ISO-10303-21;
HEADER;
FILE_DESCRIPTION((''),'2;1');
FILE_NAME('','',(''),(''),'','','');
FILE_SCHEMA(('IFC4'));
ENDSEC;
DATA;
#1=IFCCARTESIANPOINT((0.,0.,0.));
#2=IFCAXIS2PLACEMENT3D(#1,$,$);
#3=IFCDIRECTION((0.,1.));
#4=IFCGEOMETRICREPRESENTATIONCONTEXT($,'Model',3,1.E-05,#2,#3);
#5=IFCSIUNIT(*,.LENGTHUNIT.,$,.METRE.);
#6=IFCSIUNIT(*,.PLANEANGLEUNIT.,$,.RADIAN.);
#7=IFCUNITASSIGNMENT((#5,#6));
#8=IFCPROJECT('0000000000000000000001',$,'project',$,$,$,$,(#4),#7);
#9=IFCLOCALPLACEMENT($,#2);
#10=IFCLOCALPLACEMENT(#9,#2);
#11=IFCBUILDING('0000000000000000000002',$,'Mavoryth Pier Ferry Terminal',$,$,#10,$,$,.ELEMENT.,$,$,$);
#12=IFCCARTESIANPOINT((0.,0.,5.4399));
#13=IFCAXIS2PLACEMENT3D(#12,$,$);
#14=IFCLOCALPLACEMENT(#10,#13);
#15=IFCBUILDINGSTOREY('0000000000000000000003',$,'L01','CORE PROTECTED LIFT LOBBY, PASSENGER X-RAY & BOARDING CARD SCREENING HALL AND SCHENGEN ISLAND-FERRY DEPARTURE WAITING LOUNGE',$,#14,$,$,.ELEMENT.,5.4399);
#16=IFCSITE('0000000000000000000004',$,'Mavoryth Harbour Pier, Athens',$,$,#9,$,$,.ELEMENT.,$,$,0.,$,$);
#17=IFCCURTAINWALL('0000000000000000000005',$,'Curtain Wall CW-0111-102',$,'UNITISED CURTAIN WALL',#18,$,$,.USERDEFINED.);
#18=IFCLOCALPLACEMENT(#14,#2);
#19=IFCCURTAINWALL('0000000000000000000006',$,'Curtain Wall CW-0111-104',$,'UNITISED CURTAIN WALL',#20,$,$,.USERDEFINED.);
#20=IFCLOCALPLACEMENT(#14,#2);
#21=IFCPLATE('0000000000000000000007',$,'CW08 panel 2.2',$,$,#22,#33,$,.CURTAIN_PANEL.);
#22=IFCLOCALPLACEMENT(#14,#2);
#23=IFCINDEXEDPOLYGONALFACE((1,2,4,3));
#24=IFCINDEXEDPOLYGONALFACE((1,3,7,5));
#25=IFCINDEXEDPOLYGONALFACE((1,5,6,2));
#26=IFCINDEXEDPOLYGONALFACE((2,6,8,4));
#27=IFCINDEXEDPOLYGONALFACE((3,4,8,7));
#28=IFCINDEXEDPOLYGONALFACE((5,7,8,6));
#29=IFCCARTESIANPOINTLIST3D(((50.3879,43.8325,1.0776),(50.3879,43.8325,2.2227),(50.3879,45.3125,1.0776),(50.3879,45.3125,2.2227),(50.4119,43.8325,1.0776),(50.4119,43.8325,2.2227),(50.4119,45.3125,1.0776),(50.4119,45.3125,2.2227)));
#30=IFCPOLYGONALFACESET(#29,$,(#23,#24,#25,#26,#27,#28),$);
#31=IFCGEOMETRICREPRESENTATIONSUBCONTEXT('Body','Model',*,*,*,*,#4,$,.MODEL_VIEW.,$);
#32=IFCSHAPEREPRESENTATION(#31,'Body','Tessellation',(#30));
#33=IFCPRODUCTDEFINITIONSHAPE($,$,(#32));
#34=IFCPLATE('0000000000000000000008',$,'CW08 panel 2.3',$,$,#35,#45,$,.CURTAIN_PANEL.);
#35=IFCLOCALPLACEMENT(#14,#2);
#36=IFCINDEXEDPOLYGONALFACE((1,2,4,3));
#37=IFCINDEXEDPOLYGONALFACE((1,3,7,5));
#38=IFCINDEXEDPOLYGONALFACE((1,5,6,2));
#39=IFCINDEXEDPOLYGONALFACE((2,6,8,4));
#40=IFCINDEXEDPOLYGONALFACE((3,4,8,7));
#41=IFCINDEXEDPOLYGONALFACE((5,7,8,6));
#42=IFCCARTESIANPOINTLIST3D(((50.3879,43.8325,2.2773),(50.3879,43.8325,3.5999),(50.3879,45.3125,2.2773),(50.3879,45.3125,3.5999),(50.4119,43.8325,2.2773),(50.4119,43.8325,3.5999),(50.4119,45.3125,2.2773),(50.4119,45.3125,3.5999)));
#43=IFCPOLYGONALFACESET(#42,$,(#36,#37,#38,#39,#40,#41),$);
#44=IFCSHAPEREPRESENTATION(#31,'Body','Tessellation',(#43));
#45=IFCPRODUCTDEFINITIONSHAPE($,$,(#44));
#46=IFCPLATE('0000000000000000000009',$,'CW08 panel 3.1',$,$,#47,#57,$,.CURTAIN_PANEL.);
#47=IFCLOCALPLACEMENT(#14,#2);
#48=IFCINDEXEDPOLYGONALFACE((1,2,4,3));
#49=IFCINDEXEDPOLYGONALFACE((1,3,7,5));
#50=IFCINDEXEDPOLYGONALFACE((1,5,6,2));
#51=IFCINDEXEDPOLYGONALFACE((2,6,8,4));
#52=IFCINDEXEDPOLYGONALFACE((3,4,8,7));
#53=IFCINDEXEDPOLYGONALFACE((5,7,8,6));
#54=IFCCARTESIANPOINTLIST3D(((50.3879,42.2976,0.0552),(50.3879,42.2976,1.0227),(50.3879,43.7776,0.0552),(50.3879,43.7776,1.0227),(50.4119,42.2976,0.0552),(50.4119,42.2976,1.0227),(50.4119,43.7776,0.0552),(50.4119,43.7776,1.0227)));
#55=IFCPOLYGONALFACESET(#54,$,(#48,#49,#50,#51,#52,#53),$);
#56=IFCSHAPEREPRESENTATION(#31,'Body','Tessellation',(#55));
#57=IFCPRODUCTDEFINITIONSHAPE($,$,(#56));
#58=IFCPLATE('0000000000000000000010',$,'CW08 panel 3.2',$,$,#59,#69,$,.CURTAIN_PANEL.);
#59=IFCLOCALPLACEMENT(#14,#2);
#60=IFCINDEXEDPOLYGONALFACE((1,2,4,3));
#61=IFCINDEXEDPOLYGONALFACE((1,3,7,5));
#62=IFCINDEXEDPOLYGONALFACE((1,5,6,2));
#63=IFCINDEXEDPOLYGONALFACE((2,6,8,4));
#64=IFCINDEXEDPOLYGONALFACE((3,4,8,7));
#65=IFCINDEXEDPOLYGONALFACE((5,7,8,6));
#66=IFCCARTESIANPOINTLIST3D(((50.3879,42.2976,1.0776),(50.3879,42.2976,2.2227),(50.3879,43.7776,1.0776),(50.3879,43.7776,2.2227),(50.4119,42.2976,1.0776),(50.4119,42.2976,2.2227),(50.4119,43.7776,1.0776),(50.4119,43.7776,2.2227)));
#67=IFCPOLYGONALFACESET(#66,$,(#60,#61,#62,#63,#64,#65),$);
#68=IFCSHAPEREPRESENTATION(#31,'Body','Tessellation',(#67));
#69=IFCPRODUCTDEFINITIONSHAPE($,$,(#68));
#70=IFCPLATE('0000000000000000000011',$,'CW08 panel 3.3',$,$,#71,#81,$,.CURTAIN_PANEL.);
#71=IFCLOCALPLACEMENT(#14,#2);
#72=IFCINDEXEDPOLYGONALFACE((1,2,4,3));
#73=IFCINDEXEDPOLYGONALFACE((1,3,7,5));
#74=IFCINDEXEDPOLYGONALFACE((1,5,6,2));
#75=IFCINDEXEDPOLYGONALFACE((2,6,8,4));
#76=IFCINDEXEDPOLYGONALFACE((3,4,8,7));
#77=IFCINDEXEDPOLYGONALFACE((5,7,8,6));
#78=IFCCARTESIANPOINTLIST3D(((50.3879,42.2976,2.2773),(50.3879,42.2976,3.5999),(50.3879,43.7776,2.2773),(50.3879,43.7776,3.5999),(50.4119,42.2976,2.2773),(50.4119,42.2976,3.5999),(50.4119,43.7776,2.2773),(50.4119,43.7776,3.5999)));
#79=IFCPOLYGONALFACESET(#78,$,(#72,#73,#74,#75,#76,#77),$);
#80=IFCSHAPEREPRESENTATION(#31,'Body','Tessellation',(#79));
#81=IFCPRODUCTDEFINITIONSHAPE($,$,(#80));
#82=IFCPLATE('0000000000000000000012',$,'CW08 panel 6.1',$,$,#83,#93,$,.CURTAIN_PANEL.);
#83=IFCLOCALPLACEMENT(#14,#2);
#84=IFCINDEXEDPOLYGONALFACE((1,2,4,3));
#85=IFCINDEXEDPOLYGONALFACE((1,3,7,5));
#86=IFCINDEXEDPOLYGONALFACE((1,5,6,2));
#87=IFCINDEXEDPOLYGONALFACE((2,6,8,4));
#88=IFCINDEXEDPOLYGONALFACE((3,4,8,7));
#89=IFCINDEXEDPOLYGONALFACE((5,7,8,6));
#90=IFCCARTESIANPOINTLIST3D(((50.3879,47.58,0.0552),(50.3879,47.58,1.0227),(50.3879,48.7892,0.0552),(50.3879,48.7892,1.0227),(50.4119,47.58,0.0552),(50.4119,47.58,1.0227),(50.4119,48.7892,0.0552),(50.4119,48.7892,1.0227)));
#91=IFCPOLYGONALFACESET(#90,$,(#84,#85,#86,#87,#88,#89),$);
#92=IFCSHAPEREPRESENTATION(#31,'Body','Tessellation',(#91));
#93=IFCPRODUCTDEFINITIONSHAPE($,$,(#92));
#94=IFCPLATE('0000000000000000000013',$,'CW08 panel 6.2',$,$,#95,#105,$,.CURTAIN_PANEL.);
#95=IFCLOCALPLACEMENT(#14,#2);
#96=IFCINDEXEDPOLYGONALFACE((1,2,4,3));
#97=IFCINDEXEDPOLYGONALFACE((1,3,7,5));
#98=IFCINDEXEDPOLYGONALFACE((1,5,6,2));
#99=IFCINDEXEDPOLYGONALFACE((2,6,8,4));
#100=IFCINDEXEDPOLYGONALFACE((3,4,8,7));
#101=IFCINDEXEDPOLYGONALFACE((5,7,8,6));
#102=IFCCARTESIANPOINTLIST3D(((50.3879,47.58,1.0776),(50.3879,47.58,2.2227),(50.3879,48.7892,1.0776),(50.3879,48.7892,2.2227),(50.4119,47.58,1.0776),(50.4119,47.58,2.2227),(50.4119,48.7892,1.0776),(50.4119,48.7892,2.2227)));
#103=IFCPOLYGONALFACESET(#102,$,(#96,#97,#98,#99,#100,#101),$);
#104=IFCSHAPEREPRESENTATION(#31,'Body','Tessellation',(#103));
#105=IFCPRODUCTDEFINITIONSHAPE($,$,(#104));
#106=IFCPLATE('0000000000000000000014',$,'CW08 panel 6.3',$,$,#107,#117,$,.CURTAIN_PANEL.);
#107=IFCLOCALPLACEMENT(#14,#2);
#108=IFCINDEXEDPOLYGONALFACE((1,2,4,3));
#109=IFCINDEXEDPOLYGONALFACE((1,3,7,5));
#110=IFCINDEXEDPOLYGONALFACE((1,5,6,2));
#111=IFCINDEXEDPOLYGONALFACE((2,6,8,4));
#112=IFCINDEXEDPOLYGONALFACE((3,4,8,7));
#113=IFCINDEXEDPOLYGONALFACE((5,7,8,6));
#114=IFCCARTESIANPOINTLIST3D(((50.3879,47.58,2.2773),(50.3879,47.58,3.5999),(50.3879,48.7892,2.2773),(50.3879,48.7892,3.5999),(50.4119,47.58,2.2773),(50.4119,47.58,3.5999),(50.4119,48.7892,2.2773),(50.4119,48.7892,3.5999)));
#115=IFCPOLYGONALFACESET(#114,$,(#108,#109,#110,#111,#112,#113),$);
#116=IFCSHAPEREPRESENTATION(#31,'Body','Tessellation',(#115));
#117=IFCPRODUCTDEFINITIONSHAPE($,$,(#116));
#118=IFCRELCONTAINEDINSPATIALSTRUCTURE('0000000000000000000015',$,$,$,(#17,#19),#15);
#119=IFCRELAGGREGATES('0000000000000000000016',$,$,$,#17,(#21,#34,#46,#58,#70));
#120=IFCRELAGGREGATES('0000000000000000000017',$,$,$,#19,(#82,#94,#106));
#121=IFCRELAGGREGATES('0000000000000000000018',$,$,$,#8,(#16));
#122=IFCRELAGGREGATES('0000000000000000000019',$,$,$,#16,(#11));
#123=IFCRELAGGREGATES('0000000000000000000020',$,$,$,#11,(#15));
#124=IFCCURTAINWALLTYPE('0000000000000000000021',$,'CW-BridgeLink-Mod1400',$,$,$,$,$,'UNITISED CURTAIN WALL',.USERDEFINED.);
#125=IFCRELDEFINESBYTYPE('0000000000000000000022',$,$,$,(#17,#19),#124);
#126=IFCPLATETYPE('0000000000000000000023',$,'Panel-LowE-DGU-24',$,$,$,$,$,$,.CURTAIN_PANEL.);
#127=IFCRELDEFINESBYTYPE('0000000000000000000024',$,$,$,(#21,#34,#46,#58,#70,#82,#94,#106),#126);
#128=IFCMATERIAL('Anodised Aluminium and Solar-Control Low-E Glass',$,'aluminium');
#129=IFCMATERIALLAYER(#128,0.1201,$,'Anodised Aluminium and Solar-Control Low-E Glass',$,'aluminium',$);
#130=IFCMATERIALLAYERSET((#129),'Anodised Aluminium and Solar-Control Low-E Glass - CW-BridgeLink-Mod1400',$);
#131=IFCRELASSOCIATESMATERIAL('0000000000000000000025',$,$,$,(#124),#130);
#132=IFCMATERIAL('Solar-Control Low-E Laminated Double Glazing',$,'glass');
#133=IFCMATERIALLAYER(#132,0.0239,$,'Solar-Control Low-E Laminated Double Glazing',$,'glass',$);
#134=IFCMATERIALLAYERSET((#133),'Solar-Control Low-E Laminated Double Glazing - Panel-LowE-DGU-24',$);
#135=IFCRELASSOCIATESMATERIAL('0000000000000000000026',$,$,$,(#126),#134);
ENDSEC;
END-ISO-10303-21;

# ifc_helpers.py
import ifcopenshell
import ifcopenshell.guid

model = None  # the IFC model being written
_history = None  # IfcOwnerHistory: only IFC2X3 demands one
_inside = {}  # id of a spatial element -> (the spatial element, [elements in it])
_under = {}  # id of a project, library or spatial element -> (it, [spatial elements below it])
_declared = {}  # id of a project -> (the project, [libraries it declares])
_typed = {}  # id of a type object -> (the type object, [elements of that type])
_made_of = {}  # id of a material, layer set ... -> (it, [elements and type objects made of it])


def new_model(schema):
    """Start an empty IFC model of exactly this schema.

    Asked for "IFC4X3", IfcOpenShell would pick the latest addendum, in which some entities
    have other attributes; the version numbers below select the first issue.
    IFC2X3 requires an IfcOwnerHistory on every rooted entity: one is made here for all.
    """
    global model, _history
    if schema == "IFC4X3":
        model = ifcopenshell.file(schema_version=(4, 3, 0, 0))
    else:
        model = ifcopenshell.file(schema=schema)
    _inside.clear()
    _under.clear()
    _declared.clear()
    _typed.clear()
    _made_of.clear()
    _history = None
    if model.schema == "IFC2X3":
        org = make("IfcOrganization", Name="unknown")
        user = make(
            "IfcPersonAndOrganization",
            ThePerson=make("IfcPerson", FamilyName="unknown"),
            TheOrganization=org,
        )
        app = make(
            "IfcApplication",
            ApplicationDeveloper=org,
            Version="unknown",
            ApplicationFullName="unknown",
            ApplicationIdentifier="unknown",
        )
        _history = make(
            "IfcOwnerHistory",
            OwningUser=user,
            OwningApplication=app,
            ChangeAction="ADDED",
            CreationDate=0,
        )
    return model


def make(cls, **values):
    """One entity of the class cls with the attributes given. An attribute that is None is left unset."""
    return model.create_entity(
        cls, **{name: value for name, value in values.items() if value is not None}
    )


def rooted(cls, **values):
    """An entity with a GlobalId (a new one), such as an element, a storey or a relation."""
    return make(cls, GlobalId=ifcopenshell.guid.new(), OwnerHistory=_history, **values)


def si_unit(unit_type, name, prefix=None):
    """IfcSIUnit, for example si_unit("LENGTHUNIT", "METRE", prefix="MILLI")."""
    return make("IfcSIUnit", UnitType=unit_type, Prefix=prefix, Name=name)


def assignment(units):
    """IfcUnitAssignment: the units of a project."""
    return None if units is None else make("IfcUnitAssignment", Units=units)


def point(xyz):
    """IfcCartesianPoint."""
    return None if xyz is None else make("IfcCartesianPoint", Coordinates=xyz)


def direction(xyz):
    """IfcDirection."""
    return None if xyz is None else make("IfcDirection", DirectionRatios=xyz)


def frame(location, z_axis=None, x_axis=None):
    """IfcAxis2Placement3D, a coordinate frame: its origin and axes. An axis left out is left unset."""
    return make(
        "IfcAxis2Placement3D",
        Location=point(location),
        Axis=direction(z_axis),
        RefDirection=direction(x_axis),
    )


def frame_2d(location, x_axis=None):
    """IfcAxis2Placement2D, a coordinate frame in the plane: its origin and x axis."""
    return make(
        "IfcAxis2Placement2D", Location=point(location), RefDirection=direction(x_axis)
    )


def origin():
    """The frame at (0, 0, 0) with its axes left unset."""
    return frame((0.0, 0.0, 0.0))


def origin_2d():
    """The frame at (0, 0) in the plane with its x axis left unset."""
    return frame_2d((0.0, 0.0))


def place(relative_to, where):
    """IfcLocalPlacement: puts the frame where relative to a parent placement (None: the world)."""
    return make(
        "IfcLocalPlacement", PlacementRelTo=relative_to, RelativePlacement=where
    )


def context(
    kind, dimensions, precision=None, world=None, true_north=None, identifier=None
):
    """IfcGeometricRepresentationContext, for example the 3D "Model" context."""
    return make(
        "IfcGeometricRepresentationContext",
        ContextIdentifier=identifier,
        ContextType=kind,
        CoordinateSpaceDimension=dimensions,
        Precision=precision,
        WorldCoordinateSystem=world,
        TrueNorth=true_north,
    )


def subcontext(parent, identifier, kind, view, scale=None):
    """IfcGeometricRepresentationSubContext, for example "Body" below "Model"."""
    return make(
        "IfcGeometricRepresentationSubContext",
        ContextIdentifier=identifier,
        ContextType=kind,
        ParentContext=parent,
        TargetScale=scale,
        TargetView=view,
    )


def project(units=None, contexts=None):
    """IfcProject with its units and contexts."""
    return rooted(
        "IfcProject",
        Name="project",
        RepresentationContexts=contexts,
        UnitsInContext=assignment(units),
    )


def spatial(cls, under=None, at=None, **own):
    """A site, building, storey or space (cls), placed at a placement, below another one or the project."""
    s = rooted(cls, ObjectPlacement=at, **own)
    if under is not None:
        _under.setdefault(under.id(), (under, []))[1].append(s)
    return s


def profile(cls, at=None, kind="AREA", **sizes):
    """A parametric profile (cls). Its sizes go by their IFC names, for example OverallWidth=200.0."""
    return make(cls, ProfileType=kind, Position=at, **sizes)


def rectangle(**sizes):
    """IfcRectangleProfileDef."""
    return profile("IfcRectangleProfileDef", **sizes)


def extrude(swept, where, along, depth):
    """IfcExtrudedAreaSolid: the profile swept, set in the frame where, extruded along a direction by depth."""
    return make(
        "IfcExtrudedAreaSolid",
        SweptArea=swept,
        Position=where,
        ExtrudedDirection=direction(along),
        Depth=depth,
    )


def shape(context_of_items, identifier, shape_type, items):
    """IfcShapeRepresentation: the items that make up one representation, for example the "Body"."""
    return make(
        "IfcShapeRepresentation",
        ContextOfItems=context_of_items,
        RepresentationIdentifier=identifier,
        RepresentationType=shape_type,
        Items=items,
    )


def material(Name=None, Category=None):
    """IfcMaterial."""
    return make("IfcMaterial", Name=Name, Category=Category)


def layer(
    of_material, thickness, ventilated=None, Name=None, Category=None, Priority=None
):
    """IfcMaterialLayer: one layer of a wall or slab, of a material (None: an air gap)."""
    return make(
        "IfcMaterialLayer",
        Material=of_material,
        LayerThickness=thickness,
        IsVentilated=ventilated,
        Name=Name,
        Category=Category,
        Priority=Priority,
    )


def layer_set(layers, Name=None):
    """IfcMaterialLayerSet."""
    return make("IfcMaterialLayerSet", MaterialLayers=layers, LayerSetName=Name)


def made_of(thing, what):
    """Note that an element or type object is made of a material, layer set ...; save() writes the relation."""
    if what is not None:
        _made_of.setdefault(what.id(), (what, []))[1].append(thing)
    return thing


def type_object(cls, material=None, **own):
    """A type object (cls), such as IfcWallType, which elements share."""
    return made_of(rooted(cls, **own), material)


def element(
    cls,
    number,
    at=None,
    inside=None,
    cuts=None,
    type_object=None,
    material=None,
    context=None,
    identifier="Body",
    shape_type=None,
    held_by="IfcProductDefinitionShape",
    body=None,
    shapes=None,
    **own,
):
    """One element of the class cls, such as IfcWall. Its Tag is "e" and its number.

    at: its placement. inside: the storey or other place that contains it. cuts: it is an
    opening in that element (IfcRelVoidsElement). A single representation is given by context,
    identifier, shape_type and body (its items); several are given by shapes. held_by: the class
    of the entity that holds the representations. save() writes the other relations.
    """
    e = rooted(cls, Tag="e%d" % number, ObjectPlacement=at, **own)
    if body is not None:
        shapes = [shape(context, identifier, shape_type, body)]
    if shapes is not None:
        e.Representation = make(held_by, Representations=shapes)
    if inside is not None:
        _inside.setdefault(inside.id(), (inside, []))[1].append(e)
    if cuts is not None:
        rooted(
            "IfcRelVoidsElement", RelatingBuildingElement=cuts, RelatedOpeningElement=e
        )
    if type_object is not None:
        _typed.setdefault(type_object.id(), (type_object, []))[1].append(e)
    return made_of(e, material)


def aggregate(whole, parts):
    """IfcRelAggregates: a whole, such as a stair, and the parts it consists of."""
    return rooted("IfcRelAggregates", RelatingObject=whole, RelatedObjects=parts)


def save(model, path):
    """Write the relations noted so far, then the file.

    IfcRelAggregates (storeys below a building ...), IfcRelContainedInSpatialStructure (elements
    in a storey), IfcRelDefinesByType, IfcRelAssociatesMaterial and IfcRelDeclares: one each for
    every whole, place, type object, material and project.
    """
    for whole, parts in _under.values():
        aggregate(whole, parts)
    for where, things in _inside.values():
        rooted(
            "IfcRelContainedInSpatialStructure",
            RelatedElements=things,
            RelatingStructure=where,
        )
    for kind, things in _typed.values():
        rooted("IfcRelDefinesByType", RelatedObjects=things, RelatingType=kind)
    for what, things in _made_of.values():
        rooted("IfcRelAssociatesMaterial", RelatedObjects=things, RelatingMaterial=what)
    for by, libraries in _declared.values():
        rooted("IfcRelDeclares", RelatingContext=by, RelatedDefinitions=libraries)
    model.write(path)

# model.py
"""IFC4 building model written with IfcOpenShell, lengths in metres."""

from ifc_helpers import new_model, si_unit, direction, frame, origin, origin_2d, place, context, subcontext, project, spatial, rectangle, extrude, material, layer, layer_set, type_object, element, aggregate, save


model = new_model("IFC4")

# Units and contexts
model_context = context("Model", 3, precision=1e-05, world=origin(), true_north=direction((0.0, 1.0)))
body_context = subcontext(model_context, "Body", "Model", "MODEL_VIEW")
ifc_project = project(units=[si_unit("LENGTHUNIT", "METRE"), si_unit("PLANEANGLEUNIT", "RADIAN")], contexts=[model_context])

# Site, building, storey
site_placement = place(None, origin())
site = spatial("IfcSite", under=ifc_project, at=site_placement, Name="Mavoryth Harbour Pier, Athens", CompositionType="ELEMENT", RefElevation=0.0)
building_placement = place(site_placement, origin())
building = spatial("IfcBuilding", under=site, at=building_placement, Name="Mavoryth Pier Ferry Terminal", CompositionType="ELEMENT")
storey_placement = place(building_placement, frame((0.0, 0.0, 5.4399)))
storey = spatial("IfcBuildingStorey", under=building, at=storey_placement, Name="L01", Description="CORE PROTECTED LIFT LOBBY, PASSENGER X-RAY & BOARDING CARD SCREENING HALL AND SCHENGEN ISLAND-FERRY DEPARTURE WAITING LOUNGE", CompositionType="ELEMENT", Elevation=5.4399)

# Curtain wall
ifc_material_1 = material(Name="Anodised Aluminium and Solar-Control Low-E Glass", Category="aluminium")
ifc_layer_1 = layer(ifc_material_1, 0.1201, Name="Anodised Aluminium and Solar-Control Low-E Glass", Category="aluminium")
ifc_layer_set_1 = layer_set([ifc_layer_1], Name="Anodised Aluminium and Solar-Control Low-E Glass - CW-BridgeLink-Mod1400")
curtain_wall_type = type_object("IfcCurtainWallType", Name="CW-BridgeLink-Mod1400", ElementType="UNITISED CURTAIN WALL", PredefinedType="USERDEFINED", material=ifc_layer_set_1)
curtain_wall_1_placement = place(storey_placement, origin())
curtain_wall_1 = element("IfcCurtainWall", 1, at=curtain_wall_1_placement, inside=storey, type_object=curtain_wall_type, Name="Curtain Wall CW-0111-102", ObjectType="UNITISED CURTAIN WALL", PredefinedType="USERDEFINED")

# Curtain wall
curtain_wall_2_placement = place(storey_placement, origin())
curtain_wall_2 = element("IfcCurtainWall", 2, at=curtain_wall_2_placement, inside=storey, type_object=curtain_wall_type, Name="Curtain Wall CW-0111-104", ObjectType="UNITISED CURTAIN WALL", PredefinedType="USERDEFINED")

# Plates
ifc_material_2 = material(Name="Solar-Control Low-E Laminated Double Glazing", Category="glass")
ifc_layer_2 = layer(ifc_material_2, 0.0239, Name="Solar-Control Low-E Laminated Double Glazing", Category="glass")
ifc_layer_set_2 = layer_set([ifc_layer_2], Name="Solar-Control Low-E Laminated Double Glazing - Panel-LowE-DGU-24")
plate_type = type_object("IfcPlateType", Name="Panel-LowE-DGU-24", PredefinedType="CURTAIN_PANEL", material=ifc_layer_set_2)
plate_1_placement = place(storey_placement, frame((50.3999, 44.5725, 1.0776), z_axis=(0.0, 0.0, 1.0), x_axis=(0.0, -1.0, 0.0)))
plate_1 = element("IfcPlate", 3, at=plate_1_placement, type_object=plate_type, Name="CW08 panel 2.2", PredefinedType="CURTAIN_PANEL", context=body_context, shape_type="SweptSolid", body=[
    extrude(rectangle(XDim=1.48, YDim=0.0239, at=origin_2d()), origin(), (0.0, 0.0, 1.0), 1.145),
])
plate_2_placement = place(storey_placement, frame((50.3999, 44.5725, 2.2773), z_axis=(0.0, 0.0, 1.0), x_axis=(0.0, -1.0, 0.0)))
plate_2 = element("IfcPlate", 4, at=plate_2_placement, type_object=plate_type, Name="CW08 panel 2.3", PredefinedType="CURTAIN_PANEL", context=body_context, shape_type="SweptSolid", body=[
    extrude(rectangle(XDim=1.48, YDim=0.0239, at=origin_2d()), origin(), (0.0, 0.0, 1.0), 1.3225),
])
plate_3_placement = place(storey_placement, frame((50.3999, 43.0376, 0.0552), z_axis=(0.0, 0.0, 1.0), x_axis=(0.0, -1.0, 0.0)))
plate_3 = element("IfcPlate", 5, at=plate_3_placement, type_object=plate_type, Name="CW08 panel 3.1", PredefinedType="CURTAIN_PANEL", context=body_context, shape_type="SweptSolid", body=[
    extrude(rectangle(XDim=1.48, YDim=0.0239, at=origin_2d()), origin(), (0.0, 0.0, 1.0), 0.9675),
])
plate_4_placement = place(storey_placement, frame((50.3999, 43.0376, 1.0776), z_axis=(0.0, 0.0, 1.0), x_axis=(0.0, -1.0, 0.0)))
plate_4 = element("IfcPlate", 6, at=plate_4_placement, type_object=plate_type, Name="CW08 panel 3.2", PredefinedType="CURTAIN_PANEL", context=body_context, shape_type="SweptSolid", body=[
    extrude(rectangle(XDim=1.48, YDim=0.0239, at=origin_2d()), origin(), (0.0, 0.0, 1.0), 1.145),
])
plate_5_placement = place(storey_placement, frame((50.3999, 43.0376, 2.2773), z_axis=(0.0, 0.0, 1.0), x_axis=(0.0, -1.0, 0.0)))
plate_5 = element("IfcPlate", 7, at=plate_5_placement, type_object=plate_type, Name="CW08 panel 3.3", PredefinedType="CURTAIN_PANEL", context=body_context, shape_type="SweptSolid", body=[
    extrude(rectangle(XDim=1.48, YDim=0.0239, at=origin_2d()), origin(), (0.0, 0.0, 1.0), 1.3225),
])
aggregate(curtain_wall_1, [plate_1, plate_2, plate_3, plate_4, plate_5])
plate_6_placement = place(storey_placement, frame((50.3999, 48.1846, 0.0552), z_axis=(0.0, 0.0, 1.0), x_axis=(0.0, -1.0, 0.0)))
plate_6 = element("IfcPlate", 8, at=plate_6_placement, type_object=plate_type, Name="CW08 panel 6.1", PredefinedType="CURTAIN_PANEL", context=body_context, shape_type="SweptSolid", body=[
    extrude(rectangle(XDim=1.2092, YDim=0.0239, at=origin_2d()), origin(), (0.0, 0.0, 1.0), 0.9675),
])
plate_7_placement = place(storey_placement, frame((50.3999, 48.1846, 1.0776), z_axis=(0.0, 0.0, 1.0), x_axis=(0.0, -1.0, 0.0)))
plate_7 = element("IfcPlate", 9, at=plate_7_placement, type_object=plate_type, Name="CW08 panel 6.2", PredefinedType="CURTAIN_PANEL", context=body_context, shape_type="SweptSolid", body=[
    extrude(rectangle(XDim=1.2092, YDim=0.0239, at=origin_2d()), origin(), (0.0, 0.0, 1.0), 1.145),
])
plate_8_placement = place(storey_placement, frame((50.3999, 48.1846, 2.2773), z_axis=(0.0, 0.0, 1.0), x_axis=(0.0, -1.0, 0.0)))
plate_8 = element("IfcPlate", 10, at=plate_8_placement, type_object=plate_type, Name="CW08 panel 6.3", PredefinedType="CURTAIN_PANEL", context=body_context, shape_type="SweptSolid", body=[
    extrude(rectangle(XDim=1.2092, YDim=0.0239, at=origin_2d()), origin(), (0.0, 0.0, 1.0), 1.3225),
])
aggregate(curtain_wall_2, [plate_6, plate_7, plate_8])

save(model, "model.ifc")
